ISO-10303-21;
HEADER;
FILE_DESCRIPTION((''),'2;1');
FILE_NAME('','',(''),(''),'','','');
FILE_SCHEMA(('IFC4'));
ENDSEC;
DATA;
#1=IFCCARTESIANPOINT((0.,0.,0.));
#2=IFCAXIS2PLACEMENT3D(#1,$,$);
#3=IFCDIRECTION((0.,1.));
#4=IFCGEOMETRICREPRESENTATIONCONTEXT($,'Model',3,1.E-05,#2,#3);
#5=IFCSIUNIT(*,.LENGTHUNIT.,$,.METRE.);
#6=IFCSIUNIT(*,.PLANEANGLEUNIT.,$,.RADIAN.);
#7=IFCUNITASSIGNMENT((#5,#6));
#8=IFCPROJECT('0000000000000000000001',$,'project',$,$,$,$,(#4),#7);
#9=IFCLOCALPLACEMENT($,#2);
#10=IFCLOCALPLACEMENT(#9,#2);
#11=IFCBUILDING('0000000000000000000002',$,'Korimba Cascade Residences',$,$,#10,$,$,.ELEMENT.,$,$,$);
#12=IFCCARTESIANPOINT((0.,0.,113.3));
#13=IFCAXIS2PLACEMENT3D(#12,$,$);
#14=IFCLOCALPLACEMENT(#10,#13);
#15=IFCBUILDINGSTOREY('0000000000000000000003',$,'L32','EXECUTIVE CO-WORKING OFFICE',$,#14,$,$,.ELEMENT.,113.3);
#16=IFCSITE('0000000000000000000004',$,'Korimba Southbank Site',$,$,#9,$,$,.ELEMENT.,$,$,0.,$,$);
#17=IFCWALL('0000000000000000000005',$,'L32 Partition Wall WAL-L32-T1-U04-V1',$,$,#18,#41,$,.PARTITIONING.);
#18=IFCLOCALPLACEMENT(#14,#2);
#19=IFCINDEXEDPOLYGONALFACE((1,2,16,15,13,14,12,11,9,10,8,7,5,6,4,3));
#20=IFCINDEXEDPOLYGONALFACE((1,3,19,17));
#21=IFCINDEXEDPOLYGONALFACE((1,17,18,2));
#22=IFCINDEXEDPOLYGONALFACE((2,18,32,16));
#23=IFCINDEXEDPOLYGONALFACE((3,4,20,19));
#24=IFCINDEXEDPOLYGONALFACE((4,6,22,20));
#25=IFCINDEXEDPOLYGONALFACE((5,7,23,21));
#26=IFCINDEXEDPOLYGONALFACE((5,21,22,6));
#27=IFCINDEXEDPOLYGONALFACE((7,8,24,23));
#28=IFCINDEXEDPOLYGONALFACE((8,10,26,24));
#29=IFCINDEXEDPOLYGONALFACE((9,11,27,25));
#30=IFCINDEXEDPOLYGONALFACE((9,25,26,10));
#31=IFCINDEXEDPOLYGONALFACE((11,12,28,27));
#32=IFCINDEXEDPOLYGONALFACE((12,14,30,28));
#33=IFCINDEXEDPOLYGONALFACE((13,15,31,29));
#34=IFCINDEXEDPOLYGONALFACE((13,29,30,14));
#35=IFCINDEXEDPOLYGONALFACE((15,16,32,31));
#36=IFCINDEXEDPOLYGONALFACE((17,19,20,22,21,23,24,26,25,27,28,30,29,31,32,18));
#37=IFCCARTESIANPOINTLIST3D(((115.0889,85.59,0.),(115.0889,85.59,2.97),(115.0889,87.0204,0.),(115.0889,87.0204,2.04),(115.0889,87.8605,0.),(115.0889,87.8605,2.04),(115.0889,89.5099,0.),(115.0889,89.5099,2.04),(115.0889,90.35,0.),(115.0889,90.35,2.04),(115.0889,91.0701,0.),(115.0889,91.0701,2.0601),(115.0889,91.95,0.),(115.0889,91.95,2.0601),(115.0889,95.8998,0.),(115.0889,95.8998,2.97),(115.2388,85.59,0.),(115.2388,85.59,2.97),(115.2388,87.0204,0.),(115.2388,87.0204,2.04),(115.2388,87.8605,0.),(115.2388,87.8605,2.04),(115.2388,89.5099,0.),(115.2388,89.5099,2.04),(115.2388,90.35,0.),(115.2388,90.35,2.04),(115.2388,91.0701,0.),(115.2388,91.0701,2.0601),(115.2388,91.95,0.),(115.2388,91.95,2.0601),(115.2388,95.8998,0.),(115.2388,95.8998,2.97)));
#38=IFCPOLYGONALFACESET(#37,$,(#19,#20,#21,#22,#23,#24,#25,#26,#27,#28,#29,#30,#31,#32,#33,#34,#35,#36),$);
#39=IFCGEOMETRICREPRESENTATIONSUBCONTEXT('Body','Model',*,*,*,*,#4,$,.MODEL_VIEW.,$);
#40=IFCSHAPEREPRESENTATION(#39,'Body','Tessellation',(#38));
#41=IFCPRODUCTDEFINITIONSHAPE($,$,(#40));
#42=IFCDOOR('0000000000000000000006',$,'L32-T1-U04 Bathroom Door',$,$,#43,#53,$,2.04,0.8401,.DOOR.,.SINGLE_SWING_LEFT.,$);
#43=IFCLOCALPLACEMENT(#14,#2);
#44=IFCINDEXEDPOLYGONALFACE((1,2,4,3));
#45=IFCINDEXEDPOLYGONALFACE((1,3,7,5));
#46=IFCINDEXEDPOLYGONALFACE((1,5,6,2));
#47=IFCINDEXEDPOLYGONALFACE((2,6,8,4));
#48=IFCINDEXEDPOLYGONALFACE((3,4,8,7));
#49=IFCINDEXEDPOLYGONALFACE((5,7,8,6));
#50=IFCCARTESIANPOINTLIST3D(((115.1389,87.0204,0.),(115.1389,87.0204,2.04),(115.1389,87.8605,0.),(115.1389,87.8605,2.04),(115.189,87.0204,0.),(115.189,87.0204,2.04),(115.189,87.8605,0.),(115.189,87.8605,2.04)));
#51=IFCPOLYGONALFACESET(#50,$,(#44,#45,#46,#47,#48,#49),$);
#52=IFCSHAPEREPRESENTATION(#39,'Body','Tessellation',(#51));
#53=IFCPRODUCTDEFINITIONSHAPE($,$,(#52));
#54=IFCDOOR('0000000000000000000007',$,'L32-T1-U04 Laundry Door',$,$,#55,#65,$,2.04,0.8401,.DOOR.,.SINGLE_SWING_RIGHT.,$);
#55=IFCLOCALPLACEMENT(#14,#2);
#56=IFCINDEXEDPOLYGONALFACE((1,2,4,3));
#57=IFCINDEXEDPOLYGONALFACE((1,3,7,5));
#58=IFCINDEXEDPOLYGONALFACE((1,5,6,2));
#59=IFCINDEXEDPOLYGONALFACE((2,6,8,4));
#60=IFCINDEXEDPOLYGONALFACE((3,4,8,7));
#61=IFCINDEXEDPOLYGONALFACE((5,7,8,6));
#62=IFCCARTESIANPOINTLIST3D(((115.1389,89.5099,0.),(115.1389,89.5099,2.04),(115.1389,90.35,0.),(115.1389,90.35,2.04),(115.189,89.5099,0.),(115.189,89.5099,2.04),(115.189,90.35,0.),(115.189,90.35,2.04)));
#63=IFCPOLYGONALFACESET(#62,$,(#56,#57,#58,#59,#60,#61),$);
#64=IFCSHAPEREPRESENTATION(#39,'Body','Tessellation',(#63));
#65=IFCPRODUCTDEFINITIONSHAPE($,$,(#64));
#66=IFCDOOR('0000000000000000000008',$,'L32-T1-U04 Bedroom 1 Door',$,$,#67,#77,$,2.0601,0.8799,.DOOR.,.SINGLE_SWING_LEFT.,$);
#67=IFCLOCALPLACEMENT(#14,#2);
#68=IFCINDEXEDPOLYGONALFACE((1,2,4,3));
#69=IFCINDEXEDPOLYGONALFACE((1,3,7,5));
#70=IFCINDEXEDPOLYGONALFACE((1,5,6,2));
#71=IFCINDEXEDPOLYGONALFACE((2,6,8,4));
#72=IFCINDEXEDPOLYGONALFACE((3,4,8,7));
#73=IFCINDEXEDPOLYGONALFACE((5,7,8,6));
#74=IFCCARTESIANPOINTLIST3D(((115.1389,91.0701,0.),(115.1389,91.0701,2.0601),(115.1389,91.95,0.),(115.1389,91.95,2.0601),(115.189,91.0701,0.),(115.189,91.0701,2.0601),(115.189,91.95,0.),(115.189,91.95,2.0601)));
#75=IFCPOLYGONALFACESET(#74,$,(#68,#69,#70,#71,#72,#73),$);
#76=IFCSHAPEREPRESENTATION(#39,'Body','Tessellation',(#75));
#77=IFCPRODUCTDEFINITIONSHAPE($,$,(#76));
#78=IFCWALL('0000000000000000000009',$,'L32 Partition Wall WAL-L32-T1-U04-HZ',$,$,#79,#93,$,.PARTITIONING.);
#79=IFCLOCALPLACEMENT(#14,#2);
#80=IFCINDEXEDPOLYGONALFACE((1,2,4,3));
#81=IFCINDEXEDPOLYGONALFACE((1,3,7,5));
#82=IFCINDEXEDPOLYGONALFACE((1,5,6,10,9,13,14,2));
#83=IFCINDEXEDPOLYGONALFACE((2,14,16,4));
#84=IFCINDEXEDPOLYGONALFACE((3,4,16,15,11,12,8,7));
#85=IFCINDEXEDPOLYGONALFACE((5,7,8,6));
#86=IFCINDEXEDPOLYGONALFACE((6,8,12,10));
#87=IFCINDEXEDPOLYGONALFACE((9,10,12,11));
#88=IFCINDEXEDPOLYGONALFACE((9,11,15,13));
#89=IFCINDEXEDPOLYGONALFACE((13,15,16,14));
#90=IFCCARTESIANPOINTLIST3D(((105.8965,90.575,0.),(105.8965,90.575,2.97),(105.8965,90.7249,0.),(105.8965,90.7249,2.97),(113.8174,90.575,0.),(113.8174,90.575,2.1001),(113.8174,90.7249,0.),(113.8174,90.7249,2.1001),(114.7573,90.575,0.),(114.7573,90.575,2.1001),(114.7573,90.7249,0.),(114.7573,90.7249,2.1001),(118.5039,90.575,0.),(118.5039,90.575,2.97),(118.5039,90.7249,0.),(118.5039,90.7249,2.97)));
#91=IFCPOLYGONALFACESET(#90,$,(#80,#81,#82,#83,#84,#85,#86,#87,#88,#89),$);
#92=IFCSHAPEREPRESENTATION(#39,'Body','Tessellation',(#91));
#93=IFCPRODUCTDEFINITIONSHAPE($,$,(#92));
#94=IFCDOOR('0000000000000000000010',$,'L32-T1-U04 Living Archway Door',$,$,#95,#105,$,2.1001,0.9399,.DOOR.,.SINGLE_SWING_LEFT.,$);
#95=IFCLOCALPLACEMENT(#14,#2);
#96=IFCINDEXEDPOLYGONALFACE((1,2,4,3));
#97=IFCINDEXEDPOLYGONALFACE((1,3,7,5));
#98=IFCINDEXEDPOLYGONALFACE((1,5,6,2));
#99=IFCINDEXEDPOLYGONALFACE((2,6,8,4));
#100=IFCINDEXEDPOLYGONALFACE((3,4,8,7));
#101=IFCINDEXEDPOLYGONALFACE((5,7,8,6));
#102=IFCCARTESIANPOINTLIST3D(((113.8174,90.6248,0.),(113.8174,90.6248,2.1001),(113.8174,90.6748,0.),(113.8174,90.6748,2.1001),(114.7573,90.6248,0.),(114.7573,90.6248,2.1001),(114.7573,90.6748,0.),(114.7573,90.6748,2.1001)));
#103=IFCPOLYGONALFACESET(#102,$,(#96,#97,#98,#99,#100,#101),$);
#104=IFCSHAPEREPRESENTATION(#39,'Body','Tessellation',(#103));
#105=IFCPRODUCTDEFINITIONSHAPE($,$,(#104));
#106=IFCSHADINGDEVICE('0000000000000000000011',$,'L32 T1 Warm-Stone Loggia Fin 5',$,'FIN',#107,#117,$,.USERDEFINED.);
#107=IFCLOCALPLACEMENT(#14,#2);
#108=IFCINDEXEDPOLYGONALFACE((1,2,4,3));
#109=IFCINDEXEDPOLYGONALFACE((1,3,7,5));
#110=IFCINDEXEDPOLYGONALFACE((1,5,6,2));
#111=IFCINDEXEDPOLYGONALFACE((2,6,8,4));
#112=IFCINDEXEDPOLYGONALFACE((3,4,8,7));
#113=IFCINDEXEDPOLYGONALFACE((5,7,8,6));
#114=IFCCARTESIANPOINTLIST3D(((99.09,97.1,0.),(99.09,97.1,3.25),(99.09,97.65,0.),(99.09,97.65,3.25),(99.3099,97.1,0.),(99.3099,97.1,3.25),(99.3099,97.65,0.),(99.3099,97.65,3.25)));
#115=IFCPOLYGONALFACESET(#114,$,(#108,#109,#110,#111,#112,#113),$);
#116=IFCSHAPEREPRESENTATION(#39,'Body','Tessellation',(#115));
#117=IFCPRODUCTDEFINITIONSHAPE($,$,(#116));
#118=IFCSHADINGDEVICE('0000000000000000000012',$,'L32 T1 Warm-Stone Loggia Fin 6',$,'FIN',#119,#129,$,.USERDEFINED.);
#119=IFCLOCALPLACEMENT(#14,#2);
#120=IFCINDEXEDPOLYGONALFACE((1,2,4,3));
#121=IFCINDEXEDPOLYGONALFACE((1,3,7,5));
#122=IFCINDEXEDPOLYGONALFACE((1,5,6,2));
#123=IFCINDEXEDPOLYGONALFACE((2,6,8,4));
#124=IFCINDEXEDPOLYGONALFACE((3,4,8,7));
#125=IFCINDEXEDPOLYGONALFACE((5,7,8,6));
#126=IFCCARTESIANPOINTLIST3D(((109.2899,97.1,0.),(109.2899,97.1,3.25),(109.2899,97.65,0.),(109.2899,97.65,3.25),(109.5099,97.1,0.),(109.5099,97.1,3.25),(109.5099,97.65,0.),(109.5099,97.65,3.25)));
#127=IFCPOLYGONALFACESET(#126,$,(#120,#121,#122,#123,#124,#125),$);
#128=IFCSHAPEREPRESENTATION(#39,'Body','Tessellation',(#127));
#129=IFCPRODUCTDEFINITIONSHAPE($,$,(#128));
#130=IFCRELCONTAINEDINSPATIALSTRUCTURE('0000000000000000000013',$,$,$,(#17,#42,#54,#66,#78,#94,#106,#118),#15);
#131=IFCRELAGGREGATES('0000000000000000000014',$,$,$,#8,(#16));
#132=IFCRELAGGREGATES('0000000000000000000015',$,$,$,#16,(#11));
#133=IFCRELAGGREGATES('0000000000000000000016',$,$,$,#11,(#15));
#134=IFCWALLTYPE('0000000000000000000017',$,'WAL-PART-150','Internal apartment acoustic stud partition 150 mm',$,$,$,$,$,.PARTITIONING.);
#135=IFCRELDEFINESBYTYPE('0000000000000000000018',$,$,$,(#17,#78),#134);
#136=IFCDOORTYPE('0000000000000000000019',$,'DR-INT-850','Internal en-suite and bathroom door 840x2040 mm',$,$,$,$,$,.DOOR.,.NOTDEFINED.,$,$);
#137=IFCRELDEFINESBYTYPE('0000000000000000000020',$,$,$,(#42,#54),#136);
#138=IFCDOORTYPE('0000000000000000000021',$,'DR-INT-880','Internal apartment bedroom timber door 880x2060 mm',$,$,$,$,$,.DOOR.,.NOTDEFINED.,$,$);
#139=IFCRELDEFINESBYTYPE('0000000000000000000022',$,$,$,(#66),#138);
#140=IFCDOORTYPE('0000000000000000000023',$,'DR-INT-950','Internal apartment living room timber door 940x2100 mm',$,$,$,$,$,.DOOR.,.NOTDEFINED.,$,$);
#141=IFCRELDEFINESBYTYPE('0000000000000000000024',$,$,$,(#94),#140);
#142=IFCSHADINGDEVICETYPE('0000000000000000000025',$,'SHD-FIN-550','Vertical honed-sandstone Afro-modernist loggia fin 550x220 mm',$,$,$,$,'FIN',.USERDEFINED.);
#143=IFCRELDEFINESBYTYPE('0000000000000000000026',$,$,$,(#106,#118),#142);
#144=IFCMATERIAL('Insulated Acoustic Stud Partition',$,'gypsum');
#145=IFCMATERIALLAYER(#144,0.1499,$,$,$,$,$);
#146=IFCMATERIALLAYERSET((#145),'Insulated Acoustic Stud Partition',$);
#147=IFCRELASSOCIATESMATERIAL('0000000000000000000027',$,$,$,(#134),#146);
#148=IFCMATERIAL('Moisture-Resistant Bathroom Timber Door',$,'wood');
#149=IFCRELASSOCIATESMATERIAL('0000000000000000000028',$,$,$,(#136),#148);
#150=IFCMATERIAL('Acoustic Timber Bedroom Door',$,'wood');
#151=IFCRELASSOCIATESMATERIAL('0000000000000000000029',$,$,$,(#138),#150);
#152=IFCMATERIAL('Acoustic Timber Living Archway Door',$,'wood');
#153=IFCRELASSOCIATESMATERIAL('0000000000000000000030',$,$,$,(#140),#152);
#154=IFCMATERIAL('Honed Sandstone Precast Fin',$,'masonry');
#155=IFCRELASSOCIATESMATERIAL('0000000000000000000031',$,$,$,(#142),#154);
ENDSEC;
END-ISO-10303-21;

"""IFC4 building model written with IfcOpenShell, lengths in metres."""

from ifc_helpers import new_model, si_unit, direction, frame, frame_2d, origin, origin_2d, place, context, subcontext, project, spatial, rectangle, extrude, material, layer, layer_set, type_object, element, fill, save


model = new_model("IFC4")

# Units and contexts
model_context = context("Model", 3, precision=1e-05, world=origin(), true_north=direction((0.0, 1.0)))
body_context = subcontext(model_context, "Body", "Model", "MODEL_VIEW")
ifc_project = project(units=[si_unit("LENGTHUNIT", "METRE"), si_unit("PLANEANGLEUNIT", "RADIAN")], contexts=[model_context])

# Site, building, storey
site_placement = place(None, origin())
site = spatial("IfcSite", under=ifc_project, at=site_placement, Name="Korimba Southbank Site", CompositionType="ELEMENT", RefElevation=0.0)
building_placement = place(site_placement, origin())
building = spatial("IfcBuilding", under=site, at=building_placement, Name="Korimba Cascade Residences", CompositionType="ELEMENT")
storey_placement = place(building_placement, frame((0.0, 0.0, 113.3)))
storey = spatial("IfcBuildingStorey", under=building, at=storey_placement, Name="L32", Description="EXECUTIVE CO-WORKING OFFICE", CompositionType="ELEMENT", Elevation=113.3)

# Shared definitions
ifc_material_1 = material(Name="Insulated Acoustic Stud Partition", Category="gypsum")
ifc_layer = layer(ifc_material_1, 0.1499)
ifc_layer_set = layer_set([ifc_layer], Name="Insulated Acoustic Stud Partition")
wall_type = type_object("IfcWallType", Name="WAL-PART-150", Description="Internal apartment acoustic stud partition 150 mm", PredefinedType="PARTITIONING", material=ifc_layer_set)

# Shared definitions
ifc_material_2 = material(Name="Moisture-Resistant Bathroom Timber Door", Category="wood")
door_type_1 = type_object("IfcDoorType", Name="DR-INT-850", Description="Internal en-suite and bathroom door 840x2040 mm", OperationType="NOTDEFINED", PredefinedType="DOOR", material=ifc_material_2)
ifc_material_3 = material(Name="Acoustic Timber Bedroom Door", Category="wood")
door_type_2 = type_object("IfcDoorType", Name="DR-INT-880", Description="Internal apartment bedroom timber door 880x2060 mm", OperationType="NOTDEFINED", PredefinedType="DOOR", material=ifc_material_3)

# Wall, openings, doors
wall_1_placement = place(storey_placement, frame((115.1638, 85.5901, 0.0), z_axis=(0.0, 0.0, 1.0), x_axis=(0.0, 1.0, 0.0)))
wall_1 = element("IfcWall", 1, at=wall_1_placement, inside=storey, type_object=wall_type, Name="L32 Partition Wall WAL-L32-T1-U04-V1", PredefinedType="PARTITIONING", context=body_context, shape_type="SweptSolid", body=[
    extrude(rectangle(XDim=10.3098, YDim=0.1499, at=frame_2d((5.1548, 0.0))), origin(), (0.0, 0.0, 1.0), 2.97),
])
opening_1_placement = place(wall_1_placement, frame((1.4304, 0.0, 0.0)))
opening_1 = element("IfcOpeningElement", 2, at=opening_1_placement, cuts=wall_1, PredefinedType="OPENING", context=body_context, shape_type="SweptSolid", body=[
    extrude(rectangle(XDim=0.8401, YDim=2.04, at=frame_2d((0.4199, 1.02))), frame((0.0, 0.085, 0.0), z_axis=(0.0, -1.0, 0.0), x_axis=(1.0, 0.0, 0.0)), (0.0, 0.0, 1.0), 0.1699),
])
opening_2_placement = place(wall_1_placement, frame((3.9199, 0.0, 0.0)))
opening_2 = element("IfcOpeningElement", 3, at=opening_2_placement, cuts=wall_1, PredefinedType="OPENING", context=body_context, shape_type="SweptSolid", body=[
    extrude(rectangle(XDim=0.8401, YDim=2.04, at=frame_2d((0.4199, 1.02))), frame((0.0, 0.085, 0.0), z_axis=(0.0, -1.0, 0.0), x_axis=(1.0, 0.0, 0.0)), (0.0, 0.0, 1.0), 0.1699),
])
opening_3_placement = place(wall_1_placement, frame((5.48, 0.0, 0.0)))
opening_3 = element("IfcOpeningElement", 4, at=opening_3_placement, cuts=wall_1, PredefinedType="OPENING", context=body_context, shape_type="SweptSolid", body=[
    extrude(rectangle(XDim=0.8799, YDim=2.0601, at=frame_2d((0.4399, 1.03))), frame((0.0, 0.085, 0.0), z_axis=(0.0, -1.0, 0.0), x_axis=(1.0, 0.0, 0.0)), (0.0, 0.0, 1.0), 0.1699),
])
door_1_placement = place(opening_1_placement, origin())
door_1 = element("IfcDoor", 5, at=door_1_placement, inside=storey, type_object=door_type_1, Name="L32-T1-U04 Bathroom Door", OperationType="SINGLE_SWING_LEFT", OverallHeight=2.04, OverallWidth=0.8401, PredefinedType="DOOR", context=body_context, shape_type="SweptSolid", body=[
    extrude(rectangle(XDim=0.8401, YDim=2.04, at=frame_2d((0.4199, 1.02))), frame((0.0, 0.0249, 0.0), z_axis=(0.0, -1.0, 0.0), x_axis=(1.0, 0.0, 0.0)), (0.0, 0.0, 1.0), 0.05),
])
fill(opening_1, door_1)
door_2_placement = place(opening_2_placement, origin())
door_2 = element("IfcDoor", 6, at=door_2_placement, inside=storey, type_object=door_type_1, Name="L32-T1-U04 Laundry Door", OperationType="SINGLE_SWING_RIGHT", OverallHeight=2.04, OverallWidth=0.8401, PredefinedType="DOOR", context=body_context, shape_type="SweptSolid", body=[
    extrude(rectangle(XDim=0.8401, YDim=2.04, at=frame_2d((0.4199, 1.02))), frame((0.0, 0.0249, 0.0), z_axis=(0.0, -1.0, 0.0), x_axis=(1.0, 0.0, 0.0)), (0.0, 0.0, 1.0), 0.05),
])
fill(opening_2, door_2)
door_3_placement = place(opening_3_placement, origin())
door_3 = element("IfcDoor", 7, at=door_3_placement, inside=storey, type_object=door_type_2, Name="L32-T1-U04 Bedroom 1 Door", OperationType="SINGLE_SWING_LEFT", OverallHeight=2.0601, OverallWidth=0.8799, PredefinedType="DOOR", context=body_context, shape_type="SweptSolid", body=[
    extrude(rectangle(XDim=0.8799, YDim=2.0601, at=frame_2d((0.4399, 1.03))), frame((0.0, 0.0249, 0.0), z_axis=(0.0, -1.0, 0.0), x_axis=(1.0, 0.0, 0.0)), (0.0, 0.0, 1.0), 0.05),
])
fill(opening_3, door_3)

# Wall, opening, door
wall_2_placement = place(storey_placement, frame((105.8965, 90.6499, 0.0), z_axis=(0.0, 0.0, 1.0), x_axis=(1.0, 0.0, 0.0)))
wall_2 = element("IfcWall", 8, at=wall_2_placement, inside=storey, type_object=wall_type, Name="L32 Partition Wall WAL-L32-T1-U04-HZ", PredefinedType="PARTITIONING", context=body_context, shape_type="SweptSolid", body=[
    extrude(rectangle(XDim=12.6074, YDim=0.1499, at=frame_2d((6.3037, 0.0))), origin(), (0.0, 0.0, 1.0), 2.97),
])
opening_4_placement = place(wall_2_placement, frame((7.9209, 0.0, 0.0)))
opening_4 = element("IfcOpeningElement", 9, at=opening_4_placement, cuts=wall_2, PredefinedType="OPENING", context=body_context, shape_type="SweptSolid", body=[
    extrude(rectangle(XDim=0.9399, YDim=2.1001, at=frame_2d((0.47, 1.05))), frame((0.0, 0.085, 0.0), z_axis=(0.0, -1.0, 0.0), x_axis=(1.0, 0.0, 0.0)), (0.0, 0.0, 1.0), 0.1699),
])
ifc_material_4 = material(Name="Acoustic Timber Living Archway Door", Category="wood")
door_type_3 = type_object("IfcDoorType", Name="DR-INT-950", Description="Internal apartment living room timber door 940x2100 mm", OperationType="NOTDEFINED", PredefinedType="DOOR", material=ifc_material_4)
door_4_placement = place(opening_4_placement, origin())
door_4 = element("IfcDoor", 10, at=door_4_placement, inside=storey, type_object=door_type_3, Name="L32-T1-U04 Living Archway Door", OperationType="SINGLE_SWING_LEFT", OverallHeight=2.1001, OverallWidth=0.9399, PredefinedType="DOOR", context=body_context, shape_type="SweptSolid", body=[
    extrude(rectangle(XDim=0.9399, YDim=2.1001, at=frame_2d((0.47, 1.05))), frame((0.0, 0.0249, 0.0), z_axis=(0.0, -1.0, 0.0), x_axis=(1.0, 0.0, 0.0)), (0.0, 0.0, 1.0), 0.05),
])
fill(opening_4, door_4)

# Shading devices
ifc_material_5 = material(Name="Honed Sandstone Precast Fin", Category="masonry")
shading_device_type = type_object("IfcShadingDeviceType", Name="SHD-FIN-550", Description="Vertical honed-sandstone Afro-modernist loggia fin 550x220 mm", ElementType="FIN", PredefinedType="USERDEFINED", material=ifc_material_5)
for number, where, z_axis, x_axis, name in (
    (11, (99.2, 97.375, 0.0), (0.0, 0.0, 1.0), (1.0, 0.0, 0.0), "L32 T1 Warm-Stone Loggia Fin 5"),
    (12, (109.3999, 97.375, 0.0), (0.0, 0.0, 1.0), (1.0, 0.0, 0.0), "L32 T1 Warm-Stone Loggia Fin 6"),
):
    element("IfcShadingDevice", number, at=place(storey_placement, frame(where, z_axis=z_axis, x_axis=x_axis)), inside=storey, type_object=shading_device_type, Name=name, ObjectType="FIN", PredefinedType="USERDEFINED", context=body_context, shape_type="SweptSolid", body=[
        extrude(rectangle(XDim=0.22, YDim=0.55, at=origin_2d()), origin(), (0.0, 0.0, 1.0), 3.25),
    ])

save(model, "model.ifc")
